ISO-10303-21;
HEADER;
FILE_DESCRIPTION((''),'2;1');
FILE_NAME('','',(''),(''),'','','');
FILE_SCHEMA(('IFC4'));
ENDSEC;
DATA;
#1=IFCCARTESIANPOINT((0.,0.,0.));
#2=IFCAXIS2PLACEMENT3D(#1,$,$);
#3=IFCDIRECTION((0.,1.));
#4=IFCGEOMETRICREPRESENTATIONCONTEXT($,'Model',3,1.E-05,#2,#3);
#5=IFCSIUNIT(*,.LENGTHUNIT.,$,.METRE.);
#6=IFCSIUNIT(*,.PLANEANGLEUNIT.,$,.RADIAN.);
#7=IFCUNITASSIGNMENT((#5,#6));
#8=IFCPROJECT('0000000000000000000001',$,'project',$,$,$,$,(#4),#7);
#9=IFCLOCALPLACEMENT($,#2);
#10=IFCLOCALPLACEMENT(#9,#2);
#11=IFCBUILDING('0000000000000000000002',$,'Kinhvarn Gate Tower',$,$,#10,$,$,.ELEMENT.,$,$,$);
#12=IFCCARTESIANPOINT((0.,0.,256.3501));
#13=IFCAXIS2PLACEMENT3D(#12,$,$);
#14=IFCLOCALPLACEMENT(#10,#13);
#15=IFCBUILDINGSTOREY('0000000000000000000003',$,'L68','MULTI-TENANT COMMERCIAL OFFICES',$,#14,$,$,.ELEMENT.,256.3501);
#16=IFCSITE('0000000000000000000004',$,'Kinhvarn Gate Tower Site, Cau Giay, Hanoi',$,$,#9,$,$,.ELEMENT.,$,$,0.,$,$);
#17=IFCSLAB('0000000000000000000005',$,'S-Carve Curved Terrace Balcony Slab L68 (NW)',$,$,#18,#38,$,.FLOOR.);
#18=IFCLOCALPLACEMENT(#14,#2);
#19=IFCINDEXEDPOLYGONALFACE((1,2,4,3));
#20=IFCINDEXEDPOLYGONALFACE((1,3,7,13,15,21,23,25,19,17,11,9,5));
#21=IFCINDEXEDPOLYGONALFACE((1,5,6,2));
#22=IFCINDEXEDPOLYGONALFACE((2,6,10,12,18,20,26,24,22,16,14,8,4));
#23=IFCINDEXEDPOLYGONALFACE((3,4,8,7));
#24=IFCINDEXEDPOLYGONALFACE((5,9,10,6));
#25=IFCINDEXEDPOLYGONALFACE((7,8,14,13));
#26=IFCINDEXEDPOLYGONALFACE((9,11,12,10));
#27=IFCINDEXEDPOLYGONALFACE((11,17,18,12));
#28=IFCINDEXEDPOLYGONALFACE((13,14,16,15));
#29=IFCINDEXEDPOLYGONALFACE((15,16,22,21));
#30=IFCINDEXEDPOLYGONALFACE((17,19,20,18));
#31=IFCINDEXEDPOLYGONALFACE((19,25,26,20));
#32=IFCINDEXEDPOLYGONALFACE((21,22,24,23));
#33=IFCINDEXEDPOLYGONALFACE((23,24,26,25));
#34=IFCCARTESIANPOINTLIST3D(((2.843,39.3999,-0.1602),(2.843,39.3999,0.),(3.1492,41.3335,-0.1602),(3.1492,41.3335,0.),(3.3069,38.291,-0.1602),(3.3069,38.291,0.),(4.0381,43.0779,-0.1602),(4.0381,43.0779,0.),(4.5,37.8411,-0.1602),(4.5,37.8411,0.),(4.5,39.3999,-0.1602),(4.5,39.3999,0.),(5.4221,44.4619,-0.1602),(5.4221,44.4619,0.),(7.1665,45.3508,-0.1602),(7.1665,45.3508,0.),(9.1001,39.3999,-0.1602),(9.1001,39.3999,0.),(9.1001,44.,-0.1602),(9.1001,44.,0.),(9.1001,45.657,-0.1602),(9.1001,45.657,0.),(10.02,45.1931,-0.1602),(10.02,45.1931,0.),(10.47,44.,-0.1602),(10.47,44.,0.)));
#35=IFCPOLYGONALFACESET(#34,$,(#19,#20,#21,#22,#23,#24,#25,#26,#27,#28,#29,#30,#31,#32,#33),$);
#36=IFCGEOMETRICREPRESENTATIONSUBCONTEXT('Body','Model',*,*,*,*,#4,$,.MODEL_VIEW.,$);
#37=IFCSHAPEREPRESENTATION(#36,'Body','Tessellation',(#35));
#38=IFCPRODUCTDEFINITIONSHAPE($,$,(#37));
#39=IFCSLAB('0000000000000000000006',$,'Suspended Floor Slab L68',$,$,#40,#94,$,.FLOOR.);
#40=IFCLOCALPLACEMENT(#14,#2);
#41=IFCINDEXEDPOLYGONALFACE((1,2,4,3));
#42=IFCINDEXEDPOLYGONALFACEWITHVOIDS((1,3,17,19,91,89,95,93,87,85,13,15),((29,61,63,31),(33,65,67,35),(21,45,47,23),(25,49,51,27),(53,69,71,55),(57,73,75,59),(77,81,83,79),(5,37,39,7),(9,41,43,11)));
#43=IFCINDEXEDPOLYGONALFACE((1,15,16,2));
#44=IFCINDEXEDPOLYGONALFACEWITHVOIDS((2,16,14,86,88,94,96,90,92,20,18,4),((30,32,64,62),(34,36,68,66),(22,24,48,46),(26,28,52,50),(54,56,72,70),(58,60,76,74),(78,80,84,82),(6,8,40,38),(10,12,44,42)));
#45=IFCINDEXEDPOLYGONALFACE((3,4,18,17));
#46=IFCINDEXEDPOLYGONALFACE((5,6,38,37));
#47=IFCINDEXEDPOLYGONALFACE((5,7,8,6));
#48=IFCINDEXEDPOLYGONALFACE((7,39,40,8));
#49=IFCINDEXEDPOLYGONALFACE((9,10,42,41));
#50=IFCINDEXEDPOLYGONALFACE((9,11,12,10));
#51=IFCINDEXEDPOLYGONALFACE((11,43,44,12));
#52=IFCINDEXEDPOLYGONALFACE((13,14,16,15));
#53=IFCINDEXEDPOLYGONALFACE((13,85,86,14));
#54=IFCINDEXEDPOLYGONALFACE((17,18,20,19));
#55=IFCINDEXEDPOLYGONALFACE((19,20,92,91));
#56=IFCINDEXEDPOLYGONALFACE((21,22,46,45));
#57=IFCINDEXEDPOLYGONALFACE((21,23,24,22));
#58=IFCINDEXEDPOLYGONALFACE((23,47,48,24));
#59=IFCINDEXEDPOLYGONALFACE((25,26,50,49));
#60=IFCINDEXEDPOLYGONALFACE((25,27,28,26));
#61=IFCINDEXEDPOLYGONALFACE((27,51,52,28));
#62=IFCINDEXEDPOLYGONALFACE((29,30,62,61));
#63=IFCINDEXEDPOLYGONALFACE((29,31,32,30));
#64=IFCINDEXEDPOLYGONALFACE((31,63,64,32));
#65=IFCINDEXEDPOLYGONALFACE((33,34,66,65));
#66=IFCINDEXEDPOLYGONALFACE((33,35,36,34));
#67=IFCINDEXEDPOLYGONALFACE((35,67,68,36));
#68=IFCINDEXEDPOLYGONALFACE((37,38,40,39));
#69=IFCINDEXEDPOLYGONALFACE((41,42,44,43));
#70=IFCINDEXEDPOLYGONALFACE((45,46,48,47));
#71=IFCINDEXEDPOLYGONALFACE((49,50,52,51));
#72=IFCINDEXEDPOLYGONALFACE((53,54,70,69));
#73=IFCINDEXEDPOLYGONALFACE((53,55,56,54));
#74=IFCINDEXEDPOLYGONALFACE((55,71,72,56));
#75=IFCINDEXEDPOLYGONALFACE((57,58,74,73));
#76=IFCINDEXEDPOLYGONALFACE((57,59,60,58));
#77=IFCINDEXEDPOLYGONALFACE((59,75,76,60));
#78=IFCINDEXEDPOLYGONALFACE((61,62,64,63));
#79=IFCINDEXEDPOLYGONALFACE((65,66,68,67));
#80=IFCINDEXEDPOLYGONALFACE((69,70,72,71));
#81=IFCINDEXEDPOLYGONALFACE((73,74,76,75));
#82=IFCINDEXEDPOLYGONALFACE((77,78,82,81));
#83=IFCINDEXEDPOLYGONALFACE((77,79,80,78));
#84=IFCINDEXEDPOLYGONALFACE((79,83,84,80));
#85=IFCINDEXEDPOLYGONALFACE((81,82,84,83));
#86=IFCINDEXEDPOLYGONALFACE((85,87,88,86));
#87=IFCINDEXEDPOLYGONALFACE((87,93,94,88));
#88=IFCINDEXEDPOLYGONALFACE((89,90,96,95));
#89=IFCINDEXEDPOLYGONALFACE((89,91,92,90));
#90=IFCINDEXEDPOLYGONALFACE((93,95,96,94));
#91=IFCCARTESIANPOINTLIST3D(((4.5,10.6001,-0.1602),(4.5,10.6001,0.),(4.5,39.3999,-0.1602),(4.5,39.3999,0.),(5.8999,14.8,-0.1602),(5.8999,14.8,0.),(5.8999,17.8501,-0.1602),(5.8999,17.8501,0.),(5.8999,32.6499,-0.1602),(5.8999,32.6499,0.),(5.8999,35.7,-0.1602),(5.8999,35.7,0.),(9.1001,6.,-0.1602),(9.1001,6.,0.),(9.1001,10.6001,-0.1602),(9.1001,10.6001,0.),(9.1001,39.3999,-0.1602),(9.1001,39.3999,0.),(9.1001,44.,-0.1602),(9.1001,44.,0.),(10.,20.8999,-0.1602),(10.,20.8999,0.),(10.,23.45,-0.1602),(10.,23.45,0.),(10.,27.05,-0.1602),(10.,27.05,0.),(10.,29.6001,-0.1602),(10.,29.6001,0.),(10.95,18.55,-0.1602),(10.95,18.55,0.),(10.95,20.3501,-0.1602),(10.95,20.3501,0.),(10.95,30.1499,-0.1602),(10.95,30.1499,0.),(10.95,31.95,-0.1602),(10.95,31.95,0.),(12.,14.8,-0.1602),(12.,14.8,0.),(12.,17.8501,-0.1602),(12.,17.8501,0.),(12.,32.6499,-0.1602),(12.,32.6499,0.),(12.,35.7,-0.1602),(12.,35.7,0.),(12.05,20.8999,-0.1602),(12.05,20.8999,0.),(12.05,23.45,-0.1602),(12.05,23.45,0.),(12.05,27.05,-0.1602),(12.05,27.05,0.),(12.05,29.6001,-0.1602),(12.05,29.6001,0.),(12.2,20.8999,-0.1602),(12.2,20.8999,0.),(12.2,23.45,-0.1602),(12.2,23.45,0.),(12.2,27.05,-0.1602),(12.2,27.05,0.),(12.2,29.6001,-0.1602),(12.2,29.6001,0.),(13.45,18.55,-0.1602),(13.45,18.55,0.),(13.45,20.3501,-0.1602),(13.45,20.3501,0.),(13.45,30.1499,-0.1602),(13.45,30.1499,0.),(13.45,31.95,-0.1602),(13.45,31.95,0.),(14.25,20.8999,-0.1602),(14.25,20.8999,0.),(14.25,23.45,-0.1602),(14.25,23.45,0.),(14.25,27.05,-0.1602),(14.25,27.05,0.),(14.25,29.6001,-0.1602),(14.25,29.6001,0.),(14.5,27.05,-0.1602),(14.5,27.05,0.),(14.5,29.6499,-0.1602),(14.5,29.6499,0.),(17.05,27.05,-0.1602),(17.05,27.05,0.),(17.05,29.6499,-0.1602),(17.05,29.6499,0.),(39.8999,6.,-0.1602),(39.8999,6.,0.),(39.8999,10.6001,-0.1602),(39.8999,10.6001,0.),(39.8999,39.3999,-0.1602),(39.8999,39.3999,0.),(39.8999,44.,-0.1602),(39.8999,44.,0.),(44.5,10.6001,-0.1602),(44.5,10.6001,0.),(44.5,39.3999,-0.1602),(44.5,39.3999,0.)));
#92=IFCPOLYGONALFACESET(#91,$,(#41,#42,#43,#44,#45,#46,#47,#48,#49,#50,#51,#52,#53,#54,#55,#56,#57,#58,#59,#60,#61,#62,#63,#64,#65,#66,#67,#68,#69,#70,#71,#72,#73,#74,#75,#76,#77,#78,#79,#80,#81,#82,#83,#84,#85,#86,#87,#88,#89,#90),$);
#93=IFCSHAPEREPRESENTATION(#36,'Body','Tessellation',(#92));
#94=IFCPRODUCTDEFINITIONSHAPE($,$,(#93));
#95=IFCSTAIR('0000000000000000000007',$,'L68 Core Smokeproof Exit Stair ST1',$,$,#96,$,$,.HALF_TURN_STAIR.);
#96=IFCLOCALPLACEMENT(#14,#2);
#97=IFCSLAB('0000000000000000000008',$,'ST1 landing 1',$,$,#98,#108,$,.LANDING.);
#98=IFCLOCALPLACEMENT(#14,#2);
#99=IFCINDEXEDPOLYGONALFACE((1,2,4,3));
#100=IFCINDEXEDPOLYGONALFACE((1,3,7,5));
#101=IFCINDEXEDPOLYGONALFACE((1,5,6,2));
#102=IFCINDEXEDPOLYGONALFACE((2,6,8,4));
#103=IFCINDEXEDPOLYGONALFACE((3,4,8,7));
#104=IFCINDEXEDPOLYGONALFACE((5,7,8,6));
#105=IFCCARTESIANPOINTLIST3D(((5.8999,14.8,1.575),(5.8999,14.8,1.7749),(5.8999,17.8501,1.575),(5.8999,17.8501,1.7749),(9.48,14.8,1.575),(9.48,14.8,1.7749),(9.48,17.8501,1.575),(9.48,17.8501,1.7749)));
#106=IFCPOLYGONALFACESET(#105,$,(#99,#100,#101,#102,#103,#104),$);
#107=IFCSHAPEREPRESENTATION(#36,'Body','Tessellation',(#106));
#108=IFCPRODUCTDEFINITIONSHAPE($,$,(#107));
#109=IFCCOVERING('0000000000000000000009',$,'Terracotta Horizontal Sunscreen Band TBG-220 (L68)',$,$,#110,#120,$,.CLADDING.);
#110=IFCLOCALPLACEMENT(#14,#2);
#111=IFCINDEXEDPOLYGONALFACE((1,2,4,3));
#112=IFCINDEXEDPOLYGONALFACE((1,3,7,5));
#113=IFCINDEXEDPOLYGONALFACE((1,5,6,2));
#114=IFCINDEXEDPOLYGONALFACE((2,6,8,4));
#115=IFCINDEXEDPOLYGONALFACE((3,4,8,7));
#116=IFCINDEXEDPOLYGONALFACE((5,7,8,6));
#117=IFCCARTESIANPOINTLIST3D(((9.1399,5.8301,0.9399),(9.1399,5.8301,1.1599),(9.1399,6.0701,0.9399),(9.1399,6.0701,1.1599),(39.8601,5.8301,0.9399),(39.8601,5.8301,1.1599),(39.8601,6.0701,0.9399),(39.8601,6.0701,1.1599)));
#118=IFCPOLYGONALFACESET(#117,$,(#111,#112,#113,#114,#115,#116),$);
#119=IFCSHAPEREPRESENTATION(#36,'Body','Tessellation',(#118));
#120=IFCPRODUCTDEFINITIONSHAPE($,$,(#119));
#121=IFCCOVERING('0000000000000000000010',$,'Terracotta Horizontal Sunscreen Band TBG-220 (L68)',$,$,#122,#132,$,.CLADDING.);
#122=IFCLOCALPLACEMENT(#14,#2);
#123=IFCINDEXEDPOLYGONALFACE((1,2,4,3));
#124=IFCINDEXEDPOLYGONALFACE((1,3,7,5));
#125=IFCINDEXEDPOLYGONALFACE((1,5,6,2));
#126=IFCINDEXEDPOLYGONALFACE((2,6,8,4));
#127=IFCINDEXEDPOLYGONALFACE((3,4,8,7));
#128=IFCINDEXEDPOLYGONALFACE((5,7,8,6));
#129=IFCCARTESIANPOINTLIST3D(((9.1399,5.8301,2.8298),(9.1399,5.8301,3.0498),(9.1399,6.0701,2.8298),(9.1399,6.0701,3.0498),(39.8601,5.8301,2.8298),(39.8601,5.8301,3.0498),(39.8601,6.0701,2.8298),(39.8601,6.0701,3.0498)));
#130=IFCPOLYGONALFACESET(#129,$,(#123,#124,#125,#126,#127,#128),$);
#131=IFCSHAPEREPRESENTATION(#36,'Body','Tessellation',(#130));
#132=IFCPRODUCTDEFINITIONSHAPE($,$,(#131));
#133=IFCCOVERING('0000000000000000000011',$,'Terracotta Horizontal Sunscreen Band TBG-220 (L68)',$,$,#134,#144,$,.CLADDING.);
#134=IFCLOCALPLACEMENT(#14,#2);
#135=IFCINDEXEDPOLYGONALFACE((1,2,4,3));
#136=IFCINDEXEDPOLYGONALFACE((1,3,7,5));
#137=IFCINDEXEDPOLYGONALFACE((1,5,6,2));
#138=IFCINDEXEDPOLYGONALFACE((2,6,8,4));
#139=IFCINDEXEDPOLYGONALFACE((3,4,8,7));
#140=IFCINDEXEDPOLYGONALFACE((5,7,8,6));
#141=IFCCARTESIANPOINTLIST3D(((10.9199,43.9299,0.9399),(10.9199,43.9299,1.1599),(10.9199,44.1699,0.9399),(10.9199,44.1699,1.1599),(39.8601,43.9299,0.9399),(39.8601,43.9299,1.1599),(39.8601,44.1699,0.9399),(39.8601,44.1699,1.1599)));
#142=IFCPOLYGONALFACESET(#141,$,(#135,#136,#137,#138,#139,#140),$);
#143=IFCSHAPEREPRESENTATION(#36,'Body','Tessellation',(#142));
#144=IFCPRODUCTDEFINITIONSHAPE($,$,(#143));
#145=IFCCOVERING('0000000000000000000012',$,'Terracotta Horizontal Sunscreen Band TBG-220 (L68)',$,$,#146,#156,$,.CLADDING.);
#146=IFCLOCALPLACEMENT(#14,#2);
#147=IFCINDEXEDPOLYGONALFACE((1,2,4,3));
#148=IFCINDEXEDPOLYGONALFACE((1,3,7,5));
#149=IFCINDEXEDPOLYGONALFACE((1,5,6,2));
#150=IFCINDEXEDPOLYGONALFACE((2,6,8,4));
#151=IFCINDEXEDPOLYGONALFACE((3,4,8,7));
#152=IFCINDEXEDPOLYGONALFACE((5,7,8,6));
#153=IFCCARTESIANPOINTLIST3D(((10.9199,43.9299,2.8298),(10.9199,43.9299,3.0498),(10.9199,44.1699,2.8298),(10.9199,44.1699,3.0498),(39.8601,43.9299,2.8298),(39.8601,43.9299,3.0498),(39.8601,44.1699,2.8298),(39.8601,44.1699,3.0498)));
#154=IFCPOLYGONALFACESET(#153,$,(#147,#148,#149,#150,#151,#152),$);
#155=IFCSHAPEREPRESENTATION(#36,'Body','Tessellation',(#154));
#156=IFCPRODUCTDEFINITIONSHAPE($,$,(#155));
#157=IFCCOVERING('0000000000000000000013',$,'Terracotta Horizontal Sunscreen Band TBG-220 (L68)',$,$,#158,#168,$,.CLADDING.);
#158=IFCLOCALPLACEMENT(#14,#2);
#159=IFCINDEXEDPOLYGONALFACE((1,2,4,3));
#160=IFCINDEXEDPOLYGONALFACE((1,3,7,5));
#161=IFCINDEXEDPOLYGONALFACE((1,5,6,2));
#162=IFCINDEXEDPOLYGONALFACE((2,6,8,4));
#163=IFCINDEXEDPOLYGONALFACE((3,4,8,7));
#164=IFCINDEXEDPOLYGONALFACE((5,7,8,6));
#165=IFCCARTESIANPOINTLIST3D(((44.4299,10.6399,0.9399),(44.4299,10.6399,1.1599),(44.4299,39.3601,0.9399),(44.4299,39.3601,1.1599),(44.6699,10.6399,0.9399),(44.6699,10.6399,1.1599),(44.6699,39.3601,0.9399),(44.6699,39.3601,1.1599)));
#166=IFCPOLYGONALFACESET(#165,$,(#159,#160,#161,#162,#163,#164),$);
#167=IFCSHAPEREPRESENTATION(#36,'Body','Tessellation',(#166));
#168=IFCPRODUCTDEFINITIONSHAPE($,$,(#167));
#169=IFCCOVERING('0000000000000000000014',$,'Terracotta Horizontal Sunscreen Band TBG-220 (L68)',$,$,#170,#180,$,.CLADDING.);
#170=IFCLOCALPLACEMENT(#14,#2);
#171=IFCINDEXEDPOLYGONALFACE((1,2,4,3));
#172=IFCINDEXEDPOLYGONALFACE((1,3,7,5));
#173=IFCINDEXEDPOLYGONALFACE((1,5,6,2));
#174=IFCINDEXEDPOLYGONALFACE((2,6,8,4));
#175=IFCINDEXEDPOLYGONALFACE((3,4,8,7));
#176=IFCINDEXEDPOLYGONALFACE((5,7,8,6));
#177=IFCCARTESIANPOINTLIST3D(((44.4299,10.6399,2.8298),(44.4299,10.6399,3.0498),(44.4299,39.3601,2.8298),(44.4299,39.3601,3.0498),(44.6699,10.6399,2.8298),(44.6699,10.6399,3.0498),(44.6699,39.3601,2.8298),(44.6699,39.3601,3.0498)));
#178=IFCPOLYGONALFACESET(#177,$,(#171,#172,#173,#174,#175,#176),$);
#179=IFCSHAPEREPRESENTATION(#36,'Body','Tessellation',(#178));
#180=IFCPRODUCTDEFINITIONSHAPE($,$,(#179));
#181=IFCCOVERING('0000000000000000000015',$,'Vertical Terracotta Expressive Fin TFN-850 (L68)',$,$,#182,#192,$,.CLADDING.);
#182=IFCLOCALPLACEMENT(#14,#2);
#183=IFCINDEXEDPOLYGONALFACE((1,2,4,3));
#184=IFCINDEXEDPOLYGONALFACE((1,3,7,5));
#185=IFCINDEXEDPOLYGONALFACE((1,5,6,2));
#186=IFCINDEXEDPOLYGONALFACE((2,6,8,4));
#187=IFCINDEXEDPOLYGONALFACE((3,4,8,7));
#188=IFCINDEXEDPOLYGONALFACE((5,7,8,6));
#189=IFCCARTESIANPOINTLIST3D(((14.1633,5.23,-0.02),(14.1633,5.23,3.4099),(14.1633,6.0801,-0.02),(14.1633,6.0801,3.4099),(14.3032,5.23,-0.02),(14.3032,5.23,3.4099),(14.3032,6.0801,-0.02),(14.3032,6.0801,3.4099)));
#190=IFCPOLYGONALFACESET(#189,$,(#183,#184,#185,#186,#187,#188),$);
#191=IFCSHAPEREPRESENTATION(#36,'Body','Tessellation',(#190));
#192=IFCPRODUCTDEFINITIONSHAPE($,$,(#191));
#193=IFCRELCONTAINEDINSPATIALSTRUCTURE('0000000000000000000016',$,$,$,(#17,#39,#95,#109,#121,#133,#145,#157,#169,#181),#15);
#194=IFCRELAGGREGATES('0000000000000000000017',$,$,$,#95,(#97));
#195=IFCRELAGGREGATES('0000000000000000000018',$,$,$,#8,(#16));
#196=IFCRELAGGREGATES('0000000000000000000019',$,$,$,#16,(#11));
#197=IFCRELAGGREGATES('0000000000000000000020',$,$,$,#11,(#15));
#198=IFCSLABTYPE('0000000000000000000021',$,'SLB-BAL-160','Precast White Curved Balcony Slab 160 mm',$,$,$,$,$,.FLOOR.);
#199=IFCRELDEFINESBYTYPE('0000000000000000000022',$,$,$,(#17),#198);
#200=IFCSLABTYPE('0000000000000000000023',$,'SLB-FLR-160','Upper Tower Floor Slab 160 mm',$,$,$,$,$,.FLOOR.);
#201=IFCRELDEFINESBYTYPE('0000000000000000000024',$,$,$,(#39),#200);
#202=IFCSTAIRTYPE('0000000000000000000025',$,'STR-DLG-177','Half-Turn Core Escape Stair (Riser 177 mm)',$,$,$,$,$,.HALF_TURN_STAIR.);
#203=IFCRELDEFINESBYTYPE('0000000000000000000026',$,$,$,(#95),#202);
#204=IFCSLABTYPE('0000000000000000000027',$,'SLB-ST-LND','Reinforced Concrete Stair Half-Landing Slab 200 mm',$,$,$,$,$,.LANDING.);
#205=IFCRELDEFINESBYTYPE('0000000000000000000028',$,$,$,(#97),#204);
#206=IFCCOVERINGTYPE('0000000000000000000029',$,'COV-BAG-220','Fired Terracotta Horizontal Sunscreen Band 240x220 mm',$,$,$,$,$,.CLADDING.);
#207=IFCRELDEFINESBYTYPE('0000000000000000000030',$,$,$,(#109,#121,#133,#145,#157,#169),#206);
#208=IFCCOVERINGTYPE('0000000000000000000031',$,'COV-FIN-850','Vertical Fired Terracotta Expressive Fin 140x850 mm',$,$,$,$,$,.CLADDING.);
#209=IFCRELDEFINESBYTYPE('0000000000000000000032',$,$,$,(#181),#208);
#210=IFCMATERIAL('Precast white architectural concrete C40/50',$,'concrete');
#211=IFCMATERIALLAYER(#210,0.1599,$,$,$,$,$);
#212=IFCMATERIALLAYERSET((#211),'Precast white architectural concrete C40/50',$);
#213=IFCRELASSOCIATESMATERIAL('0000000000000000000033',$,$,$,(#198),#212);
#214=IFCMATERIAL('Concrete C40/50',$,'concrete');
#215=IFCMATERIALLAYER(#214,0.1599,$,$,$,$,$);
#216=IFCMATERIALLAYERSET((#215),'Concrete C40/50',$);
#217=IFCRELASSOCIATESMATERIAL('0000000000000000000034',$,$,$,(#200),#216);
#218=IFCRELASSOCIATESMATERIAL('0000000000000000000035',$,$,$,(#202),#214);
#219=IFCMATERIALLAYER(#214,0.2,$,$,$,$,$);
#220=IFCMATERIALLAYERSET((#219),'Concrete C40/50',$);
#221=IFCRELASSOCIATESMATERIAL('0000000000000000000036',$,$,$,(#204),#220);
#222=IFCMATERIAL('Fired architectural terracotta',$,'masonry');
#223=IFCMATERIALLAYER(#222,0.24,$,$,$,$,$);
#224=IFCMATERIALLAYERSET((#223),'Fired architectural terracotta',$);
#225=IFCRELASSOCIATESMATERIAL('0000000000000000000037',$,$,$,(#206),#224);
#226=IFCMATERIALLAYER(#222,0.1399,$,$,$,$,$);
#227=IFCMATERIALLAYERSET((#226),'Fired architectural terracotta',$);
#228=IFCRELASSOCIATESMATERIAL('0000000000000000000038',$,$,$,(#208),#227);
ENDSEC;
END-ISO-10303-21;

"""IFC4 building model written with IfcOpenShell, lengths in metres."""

from ifc_helpers import new_model, si_unit, direction, frame, origin, place, context, subcontext, project, spatial, polyline, outline, extrude, material, layer, layer_set, type_object, element, aggregate, save


model = new_model("IFC4")

# Units and contexts
model_context = context("Model", 3, precision=1e-05, world=origin(), true_north=direction((0.0, 1.0)))
body_context = subcontext(model_context, "Body", "Model", "MODEL_VIEW")
ifc_project = project(units=[si_unit("LENGTHUNIT", "METRE"), si_unit("PLANEANGLEUNIT", "RADIAN")], contexts=[model_context])

# Site, building, storey
site_placement = place(None, origin())
site = spatial("IfcSite", under=ifc_project, at=site_placement, Name="Kinhvarn Gate Tower Site, Cau Giay, Hanoi", CompositionType="ELEMENT", RefElevation=0.0)
building_placement = place(site_placement, origin())
building = spatial("IfcBuilding", under=site, at=building_placement, Name="Kinhvarn Gate Tower", CompositionType="ELEMENT")
storey_placement = place(building_placement, frame((0.0, 0.0, 256.3501)))
storey = spatial("IfcBuildingStorey", under=building, at=storey_placement, Name="L68", Description="MULTI-TENANT COMMERCIAL OFFICES", CompositionType="ELEMENT", Elevation=256.3501)

# Slabs
ifc_material_1 = material(Name="Precast white architectural concrete C40/50", Category="concrete")
ifc_layer_1 = layer(ifc_material_1, 0.1599)
ifc_layer_set_1 = layer_set([ifc_layer_1], Name="Precast white architectural concrete C40/50")
slab_type_1 = type_object("IfcSlabType", Name="SLB-BAL-160", Description="Precast White Curved Balcony Slab 160 mm", PredefinedType="FLOOR", material=ifc_layer_set_1)
slab_1_placement = place(storey_placement, frame((0.0, 0.0, -0.1602)))
element("IfcSlab", 1, at=slab_1_placement, inside=storey, type_object=slab_type_1, Name="S-Carve Curved Terrace Balcony Slab L68 (NW)", PredefinedType="FLOOR", context=body_context, shape_type="SweptSolid", body=[
    extrude(outline(polyline([(10.47, 44.0), (10.02, 45.1931), (9.1001, 45.657), (7.1665, 45.3508), (5.4221, 44.4619), (4.0381, 43.0779), (3.1492, 41.3335), (2.843, 39.3999), (3.3069, 38.291), (4.5, 37.8411), (4.5, 39.3999), (9.1001, 39.3999), (9.1001, 44.0), (10.47, 44.0)])), origin(), (0.0, 0.0, 1.0), 0.1602),
])
ifc_material_2 = material(Name="Concrete C40/50", Category="concrete")
ifc_layer_2 = layer(ifc_material_2, 0.1599)
ifc_layer_set_2 = layer_set([ifc_layer_2], Name="Concrete C40/50")
slab_type_2 = type_object("IfcSlabType", Name="SLB-FLR-160", Description="Upper Tower Floor Slab 160 mm", PredefinedType="FLOOR", material=ifc_layer_set_2)
slab_2_placement = place(storey_placement, frame((0.0, 0.0, -0.1602)))
element("IfcSlab", 2, at=slab_2_placement, inside=storey, type_object=slab_type_2, Name="Suspended Floor Slab L68", PredefinedType="FLOOR", context=body_context, shape_type="SweptSolid", body=[
    extrude(outline(polyline([(9.1001, 6.0), (39.8999, 6.0), (39.8999, 10.6001), (44.5, 10.6001), (44.5, 39.3999), (39.8999, 39.3999), (39.8999, 44.0), (9.1001, 44.0), (9.1001, 39.3999), (4.5, 39.3999), (4.5, 10.6001), (9.1001, 10.6001), (9.1001, 6.0)]), holes=[polyline([(5.8999, 14.8), (12.0, 14.8), (12.0, 17.8501), (5.8999, 17.8501), (5.8999, 14.8)]), polyline([(5.8999, 32.6499), (12.0, 32.6499), (12.0, 35.7), (5.8999, 35.7), (5.8999, 32.6499)]), polyline([(10.0, 20.8999), (12.05, 20.8999), (12.05, 23.45), (10.0, 23.45), (10.0, 20.8999)]), polyline([(12.2, 20.8999), (14.25, 20.8999), (14.25, 23.45), (12.2, 23.45), (12.2, 20.8999)]), polyline([(10.0, 27.05), (12.05, 27.05), (12.05, 29.6001), (10.0, 29.6001), (10.0, 27.05)]), polyline([(12.2, 27.05), (14.25, 27.05), (14.25, 29.6001), (12.2, 29.6001), (12.2, 27.05)]), polyline([(14.5, 27.05), (17.05, 27.05), (17.05, 29.6499), (14.5, 29.6499), (14.5, 27.05)]), polyline([(10.95, 18.55), (13.45, 18.55), (13.45, 20.3501), (10.95, 20.3501), (10.95, 18.55)]), polyline([(10.95, 30.1499), (13.45, 30.1499), (13.45, 31.95), (10.95, 31.95), (10.95, 30.1499)])]), origin(), (0.0, 0.0, 1.0), 0.1602),
])

# Stair, slab
stair_type = type_object("IfcStairType", Name="STR-DLG-177", Description="Half-Turn Core Escape Stair (Riser 177 mm)", PredefinedType="HALF_TURN_STAIR", material=ifc_material_2)
stair_placement = place(storey_placement, origin())
stair = element("IfcStair", 3, at=stair_placement, inside=storey, type_object=stair_type, Name="L68 Core Smokeproof Exit Stair ST1", PredefinedType="HALF_TURN_STAIR")
ifc_layer_3 = layer(ifc_material_2, 0.2)
ifc_layer_set_3 = layer_set([ifc_layer_3], Name="Concrete C40/50")
slab_type_3 = type_object("IfcSlabType", Name="SLB-ST-LND", Description="Reinforced Concrete Stair Half-Landing Slab 200 mm", PredefinedType="LANDING", material=ifc_layer_set_3)
slab_3_placement = place(storey_placement, frame((0.0, 0.0, 1.575)))
slab_3 = element("IfcSlab", 4, at=slab_3_placement, type_object=slab_type_3, Name="ST1 landing 1", PredefinedType="LANDING", context=body_context, shape_type="SweptSolid", body=[
    extrude(outline(polyline([(9.48, 17.8501), (5.8999, 17.8501), (5.8999, 14.8), (9.48, 14.8), (9.48, 17.8501)])), origin(), (0.0, 0.0, 1.0), 0.2),
])
aggregate(stair, [slab_3])

# Coverings
ifc_material_3 = material(Name="Fired architectural terracotta", Category="masonry")
ifc_layer_4 = layer(ifc_material_3, 0.24)
ifc_layer_set_4 = layer_set([ifc_layer_4], Name="Fired architectural terracotta")
covering_type_1 = type_object("IfcCoveringType", Name="COV-BAG-220", Description="Fired Terracotta Horizontal Sunscreen Band 240x220 mm", PredefinedType="CLADDING", material=ifc_layer_set_4)
for number, where, name in (
    (5, (0.0, 0.0, 0.9399), "Terracotta Horizontal Sunscreen Band TBG-220 (L68)"),
    (6, (0.0, 0.0, 2.8298), "Terracotta Horizontal Sunscreen Band TBG-220 (L68)"),
):
    element("IfcCovering", number, at=place(storey_placement, frame(where)), inside=storey, type_object=covering_type_1, Name=name, PredefinedType="CLADDING", context=body_context, shape_type="SweptSolid", body=[
        extrude(outline(polyline([(9.1399, 6.0701), (39.8601, 6.0701), (39.8601, 5.8301), (9.1399, 5.8301), (9.1399, 6.0701)])), origin(), (0.0, 0.0, 1.0), 0.22),
    ])
for number, where, name in (
    (7, (0.0, 0.0, 0.9399), "Terracotta Horizontal Sunscreen Band TBG-220 (L68)"),
    (8, (0.0, 0.0, 2.8298), "Terracotta Horizontal Sunscreen Band TBG-220 (L68)"),
):
    element("IfcCovering", number, at=place(storey_placement, frame(where)), inside=storey, type_object=covering_type_1, Name=name, PredefinedType="CLADDING", context=body_context, shape_type="SweptSolid", body=[
        extrude(outline(polyline([(39.8601, 43.9299), (10.9199, 43.9299), (10.9199, 44.1699), (39.8601, 44.1699), (39.8601, 43.9299)])), origin(), (0.0, 0.0, 1.0), 0.22),
    ])
for number, where, name in (
    (9, (0.0, 0.0, 0.9399), "Terracotta Horizontal Sunscreen Band TBG-220 (L68)"),
    (10, (0.0, 0.0, 2.8298), "Terracotta Horizontal Sunscreen Band TBG-220 (L68)"),
):
    element("IfcCovering", number, at=place(storey_placement, frame(where)), inside=storey, type_object=covering_type_1, Name=name, PredefinedType="CLADDING", context=body_context, shape_type="SweptSolid", body=[
        extrude(outline(polyline([(44.4299, 10.6399), (44.4299, 39.3601), (44.6699, 39.3601), (44.6699, 10.6399), (44.4299, 10.6399)])), origin(), (0.0, 0.0, 1.0), 0.22),
    ])
ifc_layer_5 = layer(ifc_material_3, 0.1399)
ifc_layer_set_5 = layer_set([ifc_layer_5], Name="Fired architectural terracotta")
covering_type_2 = type_object("IfcCoveringType", Name="COV-FIN-850", Description="Vertical Fired Terracotta Expressive Fin 140x850 mm", PredefinedType="CLADDING", material=ifc_layer_set_5)
covering_1_placement = place(storey_placement, frame((0.0, 0.0, -0.02)))
element("IfcCovering", 11, at=covering_1_placement, inside=storey, type_object=covering_type_2, Name="Vertical Terracotta Expressive Fin TFN-850 (L68)", PredefinedType="CLADDING", context=body_context, shape_type="SweptSolid", body=[
    extrude(outline(polyline([(14.1633, 6.0801), (14.3032, 6.0801), (14.3032, 5.23), (14.1633, 5.23), (14.1633, 6.0801)])), origin(), (0.0, 0.0, 1.0), 3.4299),
])

save(model, "model.ifc")
